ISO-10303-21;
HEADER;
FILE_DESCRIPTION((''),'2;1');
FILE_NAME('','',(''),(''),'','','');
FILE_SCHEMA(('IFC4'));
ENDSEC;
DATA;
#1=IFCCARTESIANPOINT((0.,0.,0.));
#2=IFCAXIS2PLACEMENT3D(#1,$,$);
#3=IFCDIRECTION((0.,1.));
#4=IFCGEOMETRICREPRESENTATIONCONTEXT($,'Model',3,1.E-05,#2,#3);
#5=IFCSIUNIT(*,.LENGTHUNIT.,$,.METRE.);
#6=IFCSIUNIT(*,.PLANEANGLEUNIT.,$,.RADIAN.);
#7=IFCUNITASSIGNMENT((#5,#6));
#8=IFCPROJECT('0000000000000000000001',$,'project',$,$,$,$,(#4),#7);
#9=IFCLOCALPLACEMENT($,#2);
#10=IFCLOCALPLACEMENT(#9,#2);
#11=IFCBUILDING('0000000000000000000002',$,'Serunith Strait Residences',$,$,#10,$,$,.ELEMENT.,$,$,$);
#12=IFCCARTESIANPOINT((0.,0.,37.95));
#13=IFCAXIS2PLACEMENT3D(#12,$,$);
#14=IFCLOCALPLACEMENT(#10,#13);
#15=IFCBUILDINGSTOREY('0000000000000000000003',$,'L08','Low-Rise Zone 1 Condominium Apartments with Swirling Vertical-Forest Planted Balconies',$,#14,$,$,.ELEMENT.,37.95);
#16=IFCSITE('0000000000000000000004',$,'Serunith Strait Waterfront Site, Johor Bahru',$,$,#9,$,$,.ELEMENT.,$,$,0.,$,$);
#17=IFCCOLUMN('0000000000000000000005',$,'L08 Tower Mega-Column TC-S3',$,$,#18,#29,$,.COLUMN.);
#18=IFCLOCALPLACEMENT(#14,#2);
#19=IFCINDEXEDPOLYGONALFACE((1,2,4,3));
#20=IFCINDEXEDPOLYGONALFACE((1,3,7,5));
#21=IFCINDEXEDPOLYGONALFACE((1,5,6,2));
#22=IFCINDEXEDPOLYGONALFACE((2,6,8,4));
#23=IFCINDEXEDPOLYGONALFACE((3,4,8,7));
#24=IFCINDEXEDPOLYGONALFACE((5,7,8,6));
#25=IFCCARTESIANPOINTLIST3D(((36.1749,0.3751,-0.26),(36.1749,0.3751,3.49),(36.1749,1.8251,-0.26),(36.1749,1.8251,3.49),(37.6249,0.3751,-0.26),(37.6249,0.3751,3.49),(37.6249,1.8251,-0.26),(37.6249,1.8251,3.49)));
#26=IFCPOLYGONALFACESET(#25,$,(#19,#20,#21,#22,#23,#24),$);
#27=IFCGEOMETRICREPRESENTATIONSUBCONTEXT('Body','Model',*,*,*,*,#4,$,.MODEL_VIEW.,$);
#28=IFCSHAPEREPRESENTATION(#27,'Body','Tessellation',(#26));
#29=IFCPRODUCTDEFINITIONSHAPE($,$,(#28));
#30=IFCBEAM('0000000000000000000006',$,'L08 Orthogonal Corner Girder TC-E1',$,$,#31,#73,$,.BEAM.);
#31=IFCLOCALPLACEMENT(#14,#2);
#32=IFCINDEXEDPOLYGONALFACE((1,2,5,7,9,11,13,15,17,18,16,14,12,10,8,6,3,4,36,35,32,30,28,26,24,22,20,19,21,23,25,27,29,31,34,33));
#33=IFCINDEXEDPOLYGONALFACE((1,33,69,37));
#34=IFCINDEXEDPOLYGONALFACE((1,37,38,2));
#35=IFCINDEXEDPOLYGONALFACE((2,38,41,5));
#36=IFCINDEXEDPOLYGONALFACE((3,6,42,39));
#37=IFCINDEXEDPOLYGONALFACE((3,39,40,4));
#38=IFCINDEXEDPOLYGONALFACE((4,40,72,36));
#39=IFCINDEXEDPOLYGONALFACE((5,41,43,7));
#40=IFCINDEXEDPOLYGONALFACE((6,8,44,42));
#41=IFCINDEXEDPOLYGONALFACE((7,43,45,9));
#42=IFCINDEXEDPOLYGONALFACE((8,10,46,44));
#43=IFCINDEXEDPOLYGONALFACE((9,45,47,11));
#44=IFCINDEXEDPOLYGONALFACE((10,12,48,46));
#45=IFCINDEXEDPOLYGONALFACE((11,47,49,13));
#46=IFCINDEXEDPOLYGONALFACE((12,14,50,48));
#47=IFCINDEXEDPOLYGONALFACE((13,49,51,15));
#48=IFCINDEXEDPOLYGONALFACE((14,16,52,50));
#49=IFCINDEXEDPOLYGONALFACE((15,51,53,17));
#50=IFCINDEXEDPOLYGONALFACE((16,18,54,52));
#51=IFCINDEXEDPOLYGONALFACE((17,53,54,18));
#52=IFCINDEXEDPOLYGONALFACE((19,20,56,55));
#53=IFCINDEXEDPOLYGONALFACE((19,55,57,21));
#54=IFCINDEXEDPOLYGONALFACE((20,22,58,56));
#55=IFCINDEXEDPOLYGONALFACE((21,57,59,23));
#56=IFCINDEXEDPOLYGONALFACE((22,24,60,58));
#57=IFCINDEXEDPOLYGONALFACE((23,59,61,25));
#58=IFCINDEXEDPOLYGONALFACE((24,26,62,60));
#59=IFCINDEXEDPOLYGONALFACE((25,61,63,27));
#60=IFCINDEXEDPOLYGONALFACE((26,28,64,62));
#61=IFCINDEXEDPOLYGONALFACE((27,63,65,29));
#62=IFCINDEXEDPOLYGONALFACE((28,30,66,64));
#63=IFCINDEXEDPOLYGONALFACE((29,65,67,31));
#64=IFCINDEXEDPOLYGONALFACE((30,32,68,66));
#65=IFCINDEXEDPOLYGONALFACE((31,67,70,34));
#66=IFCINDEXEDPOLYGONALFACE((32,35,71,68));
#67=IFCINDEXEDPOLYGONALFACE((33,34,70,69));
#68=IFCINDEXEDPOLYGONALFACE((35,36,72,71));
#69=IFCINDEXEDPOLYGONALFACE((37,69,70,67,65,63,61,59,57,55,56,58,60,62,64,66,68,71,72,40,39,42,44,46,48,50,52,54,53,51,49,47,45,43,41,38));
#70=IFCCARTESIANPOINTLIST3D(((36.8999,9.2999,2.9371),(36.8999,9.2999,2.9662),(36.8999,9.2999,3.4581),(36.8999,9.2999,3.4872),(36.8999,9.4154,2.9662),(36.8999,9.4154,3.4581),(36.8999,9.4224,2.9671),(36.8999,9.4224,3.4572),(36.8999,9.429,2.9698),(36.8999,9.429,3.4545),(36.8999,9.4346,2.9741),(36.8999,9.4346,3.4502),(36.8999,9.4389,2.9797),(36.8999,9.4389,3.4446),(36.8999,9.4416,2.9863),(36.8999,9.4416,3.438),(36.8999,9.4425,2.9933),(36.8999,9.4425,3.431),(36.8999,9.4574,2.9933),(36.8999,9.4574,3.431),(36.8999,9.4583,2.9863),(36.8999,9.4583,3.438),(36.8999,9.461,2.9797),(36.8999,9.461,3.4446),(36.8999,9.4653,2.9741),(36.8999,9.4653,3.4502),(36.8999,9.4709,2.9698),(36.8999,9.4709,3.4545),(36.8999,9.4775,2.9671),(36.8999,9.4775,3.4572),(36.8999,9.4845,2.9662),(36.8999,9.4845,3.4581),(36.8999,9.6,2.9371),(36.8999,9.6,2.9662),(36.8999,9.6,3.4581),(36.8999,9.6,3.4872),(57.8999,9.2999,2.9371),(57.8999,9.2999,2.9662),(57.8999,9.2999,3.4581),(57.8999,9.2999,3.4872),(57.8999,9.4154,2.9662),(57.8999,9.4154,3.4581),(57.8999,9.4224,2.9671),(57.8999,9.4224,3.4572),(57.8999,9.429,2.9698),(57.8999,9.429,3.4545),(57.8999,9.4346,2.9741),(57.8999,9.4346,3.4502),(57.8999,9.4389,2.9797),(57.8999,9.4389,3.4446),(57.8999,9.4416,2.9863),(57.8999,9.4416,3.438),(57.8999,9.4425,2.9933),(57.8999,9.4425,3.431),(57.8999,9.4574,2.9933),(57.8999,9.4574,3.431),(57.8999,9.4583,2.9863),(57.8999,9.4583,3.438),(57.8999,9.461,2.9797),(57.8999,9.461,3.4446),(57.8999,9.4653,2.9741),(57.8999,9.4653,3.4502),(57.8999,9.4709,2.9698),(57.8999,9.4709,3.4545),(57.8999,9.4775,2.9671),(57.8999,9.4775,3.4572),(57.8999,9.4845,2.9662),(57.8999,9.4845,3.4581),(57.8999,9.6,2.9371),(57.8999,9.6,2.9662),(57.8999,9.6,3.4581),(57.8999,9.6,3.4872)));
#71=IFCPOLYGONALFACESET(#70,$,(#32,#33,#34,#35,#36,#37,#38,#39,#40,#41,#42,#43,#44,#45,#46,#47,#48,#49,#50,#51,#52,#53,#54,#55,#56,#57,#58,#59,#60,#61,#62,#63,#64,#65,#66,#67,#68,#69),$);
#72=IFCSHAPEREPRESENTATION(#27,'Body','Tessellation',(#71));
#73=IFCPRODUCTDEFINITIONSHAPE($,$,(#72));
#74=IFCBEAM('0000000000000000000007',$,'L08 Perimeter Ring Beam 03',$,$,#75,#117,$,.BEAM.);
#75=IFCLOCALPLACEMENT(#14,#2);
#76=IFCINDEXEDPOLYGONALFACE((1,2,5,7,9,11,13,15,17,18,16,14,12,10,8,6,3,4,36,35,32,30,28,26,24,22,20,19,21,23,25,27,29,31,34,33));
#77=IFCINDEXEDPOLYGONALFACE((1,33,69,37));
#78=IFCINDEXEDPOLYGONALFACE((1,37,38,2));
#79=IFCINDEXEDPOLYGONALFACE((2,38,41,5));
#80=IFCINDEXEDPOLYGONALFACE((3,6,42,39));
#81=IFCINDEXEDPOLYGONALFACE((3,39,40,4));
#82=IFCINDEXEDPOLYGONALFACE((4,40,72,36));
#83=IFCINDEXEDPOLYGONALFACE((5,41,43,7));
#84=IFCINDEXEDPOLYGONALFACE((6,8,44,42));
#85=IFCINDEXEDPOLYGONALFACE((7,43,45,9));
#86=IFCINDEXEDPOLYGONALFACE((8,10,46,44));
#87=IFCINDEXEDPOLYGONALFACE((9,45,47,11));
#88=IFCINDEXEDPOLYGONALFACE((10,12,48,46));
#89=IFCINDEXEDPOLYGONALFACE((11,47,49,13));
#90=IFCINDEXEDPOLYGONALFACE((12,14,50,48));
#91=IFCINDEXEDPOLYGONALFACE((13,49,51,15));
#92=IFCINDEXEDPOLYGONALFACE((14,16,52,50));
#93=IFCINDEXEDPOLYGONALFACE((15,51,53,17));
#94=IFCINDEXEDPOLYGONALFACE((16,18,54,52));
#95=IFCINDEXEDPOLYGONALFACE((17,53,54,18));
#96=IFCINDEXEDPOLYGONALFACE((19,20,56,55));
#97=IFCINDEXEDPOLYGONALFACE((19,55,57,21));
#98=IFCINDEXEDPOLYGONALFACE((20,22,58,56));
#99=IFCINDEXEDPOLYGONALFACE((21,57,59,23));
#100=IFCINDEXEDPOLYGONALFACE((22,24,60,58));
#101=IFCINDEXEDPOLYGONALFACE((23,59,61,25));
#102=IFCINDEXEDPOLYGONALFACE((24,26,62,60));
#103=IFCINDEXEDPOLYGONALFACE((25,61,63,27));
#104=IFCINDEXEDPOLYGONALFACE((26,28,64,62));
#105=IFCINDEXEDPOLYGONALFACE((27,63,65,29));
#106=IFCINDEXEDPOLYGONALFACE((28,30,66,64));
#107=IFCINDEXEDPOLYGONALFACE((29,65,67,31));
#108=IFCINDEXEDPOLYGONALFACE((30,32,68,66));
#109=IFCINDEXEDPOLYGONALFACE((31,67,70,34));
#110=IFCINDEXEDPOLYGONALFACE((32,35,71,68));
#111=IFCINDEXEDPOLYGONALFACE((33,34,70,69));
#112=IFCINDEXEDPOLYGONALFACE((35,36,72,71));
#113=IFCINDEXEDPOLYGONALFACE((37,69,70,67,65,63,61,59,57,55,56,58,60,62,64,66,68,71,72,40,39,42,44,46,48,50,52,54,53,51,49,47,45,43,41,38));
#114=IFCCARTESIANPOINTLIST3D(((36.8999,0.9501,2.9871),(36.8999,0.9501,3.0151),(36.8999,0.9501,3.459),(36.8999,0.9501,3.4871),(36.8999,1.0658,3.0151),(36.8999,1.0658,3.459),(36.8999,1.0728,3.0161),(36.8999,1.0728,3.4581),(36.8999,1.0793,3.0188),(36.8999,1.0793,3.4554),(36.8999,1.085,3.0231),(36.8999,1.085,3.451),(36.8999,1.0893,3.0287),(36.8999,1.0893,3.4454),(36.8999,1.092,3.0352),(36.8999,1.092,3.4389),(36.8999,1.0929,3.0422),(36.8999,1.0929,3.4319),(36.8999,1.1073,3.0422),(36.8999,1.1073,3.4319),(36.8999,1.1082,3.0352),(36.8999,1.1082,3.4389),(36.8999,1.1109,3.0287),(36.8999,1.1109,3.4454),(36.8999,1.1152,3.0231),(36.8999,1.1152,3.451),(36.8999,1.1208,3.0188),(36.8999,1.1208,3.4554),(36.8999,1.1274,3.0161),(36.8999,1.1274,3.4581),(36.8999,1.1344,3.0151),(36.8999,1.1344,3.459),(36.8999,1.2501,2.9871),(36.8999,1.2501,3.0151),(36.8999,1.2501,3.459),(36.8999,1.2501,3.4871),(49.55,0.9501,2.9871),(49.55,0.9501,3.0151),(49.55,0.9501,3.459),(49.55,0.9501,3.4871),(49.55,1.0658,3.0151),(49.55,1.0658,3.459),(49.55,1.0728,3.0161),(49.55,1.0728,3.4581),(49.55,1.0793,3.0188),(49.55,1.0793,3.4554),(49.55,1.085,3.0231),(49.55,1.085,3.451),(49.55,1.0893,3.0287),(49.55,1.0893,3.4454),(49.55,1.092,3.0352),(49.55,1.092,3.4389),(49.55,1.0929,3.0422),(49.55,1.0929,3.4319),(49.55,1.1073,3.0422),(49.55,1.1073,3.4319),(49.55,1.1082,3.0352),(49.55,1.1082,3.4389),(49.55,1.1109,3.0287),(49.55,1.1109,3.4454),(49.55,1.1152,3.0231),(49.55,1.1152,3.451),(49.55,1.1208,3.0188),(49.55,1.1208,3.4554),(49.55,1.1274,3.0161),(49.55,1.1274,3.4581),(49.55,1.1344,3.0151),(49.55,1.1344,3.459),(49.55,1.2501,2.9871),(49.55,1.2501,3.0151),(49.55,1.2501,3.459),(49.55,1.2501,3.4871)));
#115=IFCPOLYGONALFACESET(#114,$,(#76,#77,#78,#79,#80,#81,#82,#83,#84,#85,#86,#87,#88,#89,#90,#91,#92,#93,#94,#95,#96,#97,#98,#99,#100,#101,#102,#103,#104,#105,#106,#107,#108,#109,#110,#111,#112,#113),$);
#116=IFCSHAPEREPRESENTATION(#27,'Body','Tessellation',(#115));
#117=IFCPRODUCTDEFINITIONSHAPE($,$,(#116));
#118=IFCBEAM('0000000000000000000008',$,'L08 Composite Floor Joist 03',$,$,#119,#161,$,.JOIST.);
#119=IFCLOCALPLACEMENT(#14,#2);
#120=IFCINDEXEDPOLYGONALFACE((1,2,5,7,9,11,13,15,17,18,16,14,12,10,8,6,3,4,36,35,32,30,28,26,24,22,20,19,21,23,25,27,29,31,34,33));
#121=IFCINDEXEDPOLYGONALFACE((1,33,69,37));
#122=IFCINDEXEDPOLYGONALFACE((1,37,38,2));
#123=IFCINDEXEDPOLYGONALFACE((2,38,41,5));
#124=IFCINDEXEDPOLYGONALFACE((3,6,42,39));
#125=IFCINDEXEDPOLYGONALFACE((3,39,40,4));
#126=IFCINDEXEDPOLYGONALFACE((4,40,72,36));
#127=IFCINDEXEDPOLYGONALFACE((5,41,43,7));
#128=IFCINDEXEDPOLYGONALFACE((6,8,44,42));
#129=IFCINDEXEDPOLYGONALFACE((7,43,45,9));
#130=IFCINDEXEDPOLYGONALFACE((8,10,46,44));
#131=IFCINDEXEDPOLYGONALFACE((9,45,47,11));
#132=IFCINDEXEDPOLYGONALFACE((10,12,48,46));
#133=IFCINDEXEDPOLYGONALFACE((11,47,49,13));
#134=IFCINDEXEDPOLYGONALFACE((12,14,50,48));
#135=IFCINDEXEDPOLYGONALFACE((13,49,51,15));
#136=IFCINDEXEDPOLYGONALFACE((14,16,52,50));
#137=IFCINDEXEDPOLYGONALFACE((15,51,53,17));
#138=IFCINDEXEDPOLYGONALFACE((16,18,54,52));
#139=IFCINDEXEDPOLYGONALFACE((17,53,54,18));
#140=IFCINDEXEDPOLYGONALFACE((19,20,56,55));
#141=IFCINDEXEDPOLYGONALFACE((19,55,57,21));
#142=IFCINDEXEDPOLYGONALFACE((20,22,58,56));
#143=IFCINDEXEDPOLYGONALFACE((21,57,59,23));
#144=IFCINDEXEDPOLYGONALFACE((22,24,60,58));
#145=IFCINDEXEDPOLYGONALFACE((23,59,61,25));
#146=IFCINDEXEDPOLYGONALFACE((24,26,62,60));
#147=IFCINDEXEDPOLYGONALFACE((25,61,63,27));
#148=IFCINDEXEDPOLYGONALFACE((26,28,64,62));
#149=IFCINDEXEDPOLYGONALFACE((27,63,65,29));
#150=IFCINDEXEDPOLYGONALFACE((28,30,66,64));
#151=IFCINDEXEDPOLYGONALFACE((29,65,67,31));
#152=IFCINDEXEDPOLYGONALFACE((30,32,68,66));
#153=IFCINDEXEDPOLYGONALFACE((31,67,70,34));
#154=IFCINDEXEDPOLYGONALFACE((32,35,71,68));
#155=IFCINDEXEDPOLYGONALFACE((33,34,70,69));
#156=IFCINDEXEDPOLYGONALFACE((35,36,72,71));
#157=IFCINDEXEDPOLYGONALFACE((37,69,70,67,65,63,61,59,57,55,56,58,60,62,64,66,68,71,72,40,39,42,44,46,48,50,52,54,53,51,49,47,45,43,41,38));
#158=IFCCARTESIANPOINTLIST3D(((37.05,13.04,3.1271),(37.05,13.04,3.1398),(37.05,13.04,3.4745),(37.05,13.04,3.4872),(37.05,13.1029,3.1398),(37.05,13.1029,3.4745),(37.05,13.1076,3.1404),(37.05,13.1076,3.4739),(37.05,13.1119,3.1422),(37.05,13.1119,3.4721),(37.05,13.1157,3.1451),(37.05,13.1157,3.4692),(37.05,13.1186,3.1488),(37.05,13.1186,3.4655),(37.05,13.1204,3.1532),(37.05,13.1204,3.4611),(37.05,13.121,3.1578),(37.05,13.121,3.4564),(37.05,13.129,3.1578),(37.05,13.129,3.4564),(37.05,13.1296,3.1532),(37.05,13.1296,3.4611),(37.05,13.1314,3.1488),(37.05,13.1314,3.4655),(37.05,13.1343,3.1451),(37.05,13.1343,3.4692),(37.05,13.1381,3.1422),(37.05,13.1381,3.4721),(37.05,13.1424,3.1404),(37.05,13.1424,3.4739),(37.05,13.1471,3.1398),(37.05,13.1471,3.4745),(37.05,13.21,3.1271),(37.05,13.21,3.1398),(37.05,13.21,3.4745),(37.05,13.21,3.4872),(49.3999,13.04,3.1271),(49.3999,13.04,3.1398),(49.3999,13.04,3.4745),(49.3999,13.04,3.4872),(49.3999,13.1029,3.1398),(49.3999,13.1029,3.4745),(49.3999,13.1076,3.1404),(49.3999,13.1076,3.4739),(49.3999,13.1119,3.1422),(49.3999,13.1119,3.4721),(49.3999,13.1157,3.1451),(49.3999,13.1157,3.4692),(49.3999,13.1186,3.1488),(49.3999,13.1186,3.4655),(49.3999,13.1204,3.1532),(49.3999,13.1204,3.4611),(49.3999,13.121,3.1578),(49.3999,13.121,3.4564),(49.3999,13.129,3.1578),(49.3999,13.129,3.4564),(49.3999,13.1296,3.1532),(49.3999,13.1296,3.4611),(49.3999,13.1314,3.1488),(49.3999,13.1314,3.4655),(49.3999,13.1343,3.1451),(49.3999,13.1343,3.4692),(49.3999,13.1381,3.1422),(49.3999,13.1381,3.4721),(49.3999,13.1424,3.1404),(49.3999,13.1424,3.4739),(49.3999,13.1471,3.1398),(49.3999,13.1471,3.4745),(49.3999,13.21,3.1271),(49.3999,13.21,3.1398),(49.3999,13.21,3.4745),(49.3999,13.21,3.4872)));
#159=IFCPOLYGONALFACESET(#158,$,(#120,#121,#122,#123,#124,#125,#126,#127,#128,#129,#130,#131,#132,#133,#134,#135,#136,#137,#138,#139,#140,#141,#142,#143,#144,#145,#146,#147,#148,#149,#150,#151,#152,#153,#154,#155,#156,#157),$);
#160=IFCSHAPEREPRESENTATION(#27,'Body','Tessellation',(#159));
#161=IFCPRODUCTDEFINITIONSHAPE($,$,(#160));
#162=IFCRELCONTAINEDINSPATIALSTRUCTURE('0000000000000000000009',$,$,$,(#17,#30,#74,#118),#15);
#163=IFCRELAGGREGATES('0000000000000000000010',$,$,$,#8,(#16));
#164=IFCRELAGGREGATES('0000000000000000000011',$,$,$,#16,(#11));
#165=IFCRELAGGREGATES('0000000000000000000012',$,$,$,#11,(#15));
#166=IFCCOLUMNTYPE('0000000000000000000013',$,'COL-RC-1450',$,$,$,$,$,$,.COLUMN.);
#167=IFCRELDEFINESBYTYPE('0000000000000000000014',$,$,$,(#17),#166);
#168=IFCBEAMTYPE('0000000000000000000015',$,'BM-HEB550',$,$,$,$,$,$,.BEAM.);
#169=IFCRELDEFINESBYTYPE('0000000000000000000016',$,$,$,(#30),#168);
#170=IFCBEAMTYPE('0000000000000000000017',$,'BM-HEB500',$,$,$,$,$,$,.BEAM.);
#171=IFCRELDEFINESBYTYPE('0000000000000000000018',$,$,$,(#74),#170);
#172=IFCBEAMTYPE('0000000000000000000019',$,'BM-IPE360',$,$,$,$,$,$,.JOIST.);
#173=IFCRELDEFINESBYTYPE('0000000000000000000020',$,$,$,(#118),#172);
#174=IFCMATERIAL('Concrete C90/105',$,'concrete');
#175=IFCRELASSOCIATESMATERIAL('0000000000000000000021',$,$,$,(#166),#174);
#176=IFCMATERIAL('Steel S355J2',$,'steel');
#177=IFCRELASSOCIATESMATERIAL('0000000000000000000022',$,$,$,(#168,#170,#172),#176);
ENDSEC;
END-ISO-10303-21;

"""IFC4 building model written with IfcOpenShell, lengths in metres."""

from ifc_helpers import new_model, si_unit, direction, frame, origin, origin_2d, place, context, subcontext, project, spatial, rectangle, i_section, extrude, source, transform, mapped, material, material_profile, profile_set, type_object, element, save


model = new_model("IFC4")

# Units and contexts
model_context = context("Model", 3, precision=1e-05, world=origin(), true_north=direction((0.0, 1.0)))
body_context = subcontext(model_context, "Body", "Model", "MODEL_VIEW")
ifc_project = project(units=[si_unit("LENGTHUNIT", "METRE"), si_unit("PLANEANGLEUNIT", "RADIAN")], contexts=[model_context])

# Site, building, storey
site_placement = place(None, origin())
site = spatial("IfcSite", under=ifc_project, at=site_placement, Name="Serunith Strait Waterfront Site, Johor Bahru", CompositionType="ELEMENT", RefElevation=0.0)
building_placement = place(site_placement, origin())
building = spatial("IfcBuilding", under=site, at=building_placement, Name="Serunith Strait Residences", CompositionType="ELEMENT")
storey_placement = place(building_placement, frame((0.0, 0.0, 37.95)))
storey = spatial("IfcBuildingStorey", under=building, at=storey_placement, Name="L08", Description="Low-Rise Zone 1 Condominium Apartments with Swirling Vertical-Forest Planted Balconies", CompositionType="ELEMENT", Elevation=37.95)

# Column
ifc_material_1 = material(Name="Concrete C90/105", Category="concrete")
ifc_material_profile_1 = material_profile(ifc_material_1, rectangle(XDim=1.45, YDim=1.45, at=origin_2d()), Name="RC 1450x1450")
ifc_profile_set_1 = profile_set([ifc_material_profile_1], Name="Concrete C90/105")
column_type = type_object("IfcColumnType", Name="COL-RC-1450", PredefinedType="COLUMN", material=ifc_profile_set_1)
shared_shape_1 = source(origin(), body_context, "Body", "SweptSolid", [
    extrude(rectangle(XDim=1.45, YDim=1.45, at=origin_2d()), origin(), (0.0, 0.0, 1.0), 3.75),
])
column_placement = place(storey_placement, frame((36.8999, 1.1001, -0.26), z_axis=(0.0, 0.0, 1.0), x_axis=(1.0, 0.0, 0.0)))
element("IfcColumn", 1, at=column_placement, inside=storey, type_object=column_type, Name="L08 Tower Mega-Column TC-S3", PredefinedType="COLUMN", context=body_context, shape_type="MappedRepresentation", body=[
    mapped(shared_shape_1, transform((0.0, 0.0, 0.0), scale=1.0)),
])

# Beams
ifc_material_2 = material(Name="Steel S355J2", Category="steel")
ifc_material_profile_2 = material_profile(ifc_material_2, i_section(OverallWidth=0.3, OverallDepth=0.55, WebThickness=0.0149, FlangeThickness=0.0291, FilletRadius=0.0271, at=origin_2d()), Name="HEB 550")
ifc_profile_set_2 = profile_set([ifc_material_profile_2], Name="Steel S355J2")
beam_type_1 = type_object("IfcBeamType", Name="BM-HEB550", PredefinedType="BEAM", material=ifc_profile_set_2)
shared_shape_2 = source(origin(), body_context, "Body", "SweptSolid", [
    extrude(i_section(OverallWidth=0.3, OverallDepth=0.55, WebThickness=0.0149, FlangeThickness=0.0291, FilletRadius=0.0271, at=origin_2d()), origin(), (0.0, 0.0, 1.0), 21.0),
])
beam_1_placement = place(storey_placement, frame((36.8999, 9.45, 3.2122), z_axis=(1.0, 0.0, 0.0), x_axis=(0.0, 1.0, 0.0)))
element("IfcBeam", 2, at=beam_1_placement, inside=storey, type_object=beam_type_1, Name="L08 Orthogonal Corner Girder TC-E1", PredefinedType="BEAM", context=body_context, shape_type="MappedRepresentation", body=[
    mapped(shared_shape_2, transform((0.0, 0.0, 0.0), scale=1.0)),
])
ifc_material_profile_3 = material_profile(ifc_material_2, i_section(OverallWidth=0.3, OverallDepth=0.5, WebThickness=0.0144, FlangeThickness=0.0281, FilletRadius=0.0271, at=origin_2d()), Name="HEB 500")
ifc_profile_set_3 = profile_set([ifc_material_profile_3], Name="Steel S355J2")
beam_type_2 = type_object("IfcBeamType", Name="BM-HEB500", PredefinedType="BEAM", material=ifc_profile_set_3)
shared_shape_3 = source(origin(), body_context, "Body", "SweptSolid", [
    extrude(i_section(OverallWidth=0.3, OverallDepth=0.5, WebThickness=0.0144, FlangeThickness=0.0281, FilletRadius=0.0271, at=origin_2d()), origin(), (0.0, 0.0, 1.0), 12.6501),
])
beam_2_placement = place(storey_placement, frame((36.8999, 1.1001, 3.2371), z_axis=(1.0, 0.0, 0.0), x_axis=(0.0, 1.0, 0.0)))
element("IfcBeam", 3, at=beam_2_placement, inside=storey, type_object=beam_type_2, Name="L08 Perimeter Ring Beam 03", PredefinedType="BEAM", context=body_context, shape_type="MappedRepresentation", body=[
    mapped(shared_shape_3, transform((0.0, 0.0, 0.0), scale=1.0)),
])
ifc_material_profile_4 = material_profile(ifc_material_2, i_section(OverallWidth=0.1699, OverallDepth=0.3601, WebThickness=0.0081, FlangeThickness=0.0127, FilletRadius=0.0181, at=origin_2d()), Name="IPE 360")
ifc_profile_set_4 = profile_set([ifc_material_profile_4], Name="Steel S355J2")
beam_type_3 = type_object("IfcBeamType", Name="BM-IPE360", PredefinedType="JOIST", material=ifc_profile_set_4)
shared_shape_4 = source(origin(), body_context, "Body", "SweptSolid", [
    extrude(i_section(OverallWidth=0.1699, OverallDepth=0.3601, WebThickness=0.0081, FlangeThickness=0.0127, FilletRadius=0.0181, at=origin_2d()), origin(), (0.0, 0.0, 1.0), 12.3499),
])
beam_3_placement = place(storey_placement, frame((37.05, 13.125, 3.3071), z_axis=(1.0, 0.0, 0.0), x_axis=(0.0, 1.0, 0.0)))
element("IfcBeam", 4, at=beam_3_placement, inside=storey, type_object=beam_type_3, Name="L08 Composite Floor Joist 03", PredefinedType="JOIST", context=body_context, shape_type="MappedRepresentation", body=[
    mapped(shared_shape_4, transform((0.0, 0.0, 0.0), scale=1.0)),
])

save(model, "model.ifc")
